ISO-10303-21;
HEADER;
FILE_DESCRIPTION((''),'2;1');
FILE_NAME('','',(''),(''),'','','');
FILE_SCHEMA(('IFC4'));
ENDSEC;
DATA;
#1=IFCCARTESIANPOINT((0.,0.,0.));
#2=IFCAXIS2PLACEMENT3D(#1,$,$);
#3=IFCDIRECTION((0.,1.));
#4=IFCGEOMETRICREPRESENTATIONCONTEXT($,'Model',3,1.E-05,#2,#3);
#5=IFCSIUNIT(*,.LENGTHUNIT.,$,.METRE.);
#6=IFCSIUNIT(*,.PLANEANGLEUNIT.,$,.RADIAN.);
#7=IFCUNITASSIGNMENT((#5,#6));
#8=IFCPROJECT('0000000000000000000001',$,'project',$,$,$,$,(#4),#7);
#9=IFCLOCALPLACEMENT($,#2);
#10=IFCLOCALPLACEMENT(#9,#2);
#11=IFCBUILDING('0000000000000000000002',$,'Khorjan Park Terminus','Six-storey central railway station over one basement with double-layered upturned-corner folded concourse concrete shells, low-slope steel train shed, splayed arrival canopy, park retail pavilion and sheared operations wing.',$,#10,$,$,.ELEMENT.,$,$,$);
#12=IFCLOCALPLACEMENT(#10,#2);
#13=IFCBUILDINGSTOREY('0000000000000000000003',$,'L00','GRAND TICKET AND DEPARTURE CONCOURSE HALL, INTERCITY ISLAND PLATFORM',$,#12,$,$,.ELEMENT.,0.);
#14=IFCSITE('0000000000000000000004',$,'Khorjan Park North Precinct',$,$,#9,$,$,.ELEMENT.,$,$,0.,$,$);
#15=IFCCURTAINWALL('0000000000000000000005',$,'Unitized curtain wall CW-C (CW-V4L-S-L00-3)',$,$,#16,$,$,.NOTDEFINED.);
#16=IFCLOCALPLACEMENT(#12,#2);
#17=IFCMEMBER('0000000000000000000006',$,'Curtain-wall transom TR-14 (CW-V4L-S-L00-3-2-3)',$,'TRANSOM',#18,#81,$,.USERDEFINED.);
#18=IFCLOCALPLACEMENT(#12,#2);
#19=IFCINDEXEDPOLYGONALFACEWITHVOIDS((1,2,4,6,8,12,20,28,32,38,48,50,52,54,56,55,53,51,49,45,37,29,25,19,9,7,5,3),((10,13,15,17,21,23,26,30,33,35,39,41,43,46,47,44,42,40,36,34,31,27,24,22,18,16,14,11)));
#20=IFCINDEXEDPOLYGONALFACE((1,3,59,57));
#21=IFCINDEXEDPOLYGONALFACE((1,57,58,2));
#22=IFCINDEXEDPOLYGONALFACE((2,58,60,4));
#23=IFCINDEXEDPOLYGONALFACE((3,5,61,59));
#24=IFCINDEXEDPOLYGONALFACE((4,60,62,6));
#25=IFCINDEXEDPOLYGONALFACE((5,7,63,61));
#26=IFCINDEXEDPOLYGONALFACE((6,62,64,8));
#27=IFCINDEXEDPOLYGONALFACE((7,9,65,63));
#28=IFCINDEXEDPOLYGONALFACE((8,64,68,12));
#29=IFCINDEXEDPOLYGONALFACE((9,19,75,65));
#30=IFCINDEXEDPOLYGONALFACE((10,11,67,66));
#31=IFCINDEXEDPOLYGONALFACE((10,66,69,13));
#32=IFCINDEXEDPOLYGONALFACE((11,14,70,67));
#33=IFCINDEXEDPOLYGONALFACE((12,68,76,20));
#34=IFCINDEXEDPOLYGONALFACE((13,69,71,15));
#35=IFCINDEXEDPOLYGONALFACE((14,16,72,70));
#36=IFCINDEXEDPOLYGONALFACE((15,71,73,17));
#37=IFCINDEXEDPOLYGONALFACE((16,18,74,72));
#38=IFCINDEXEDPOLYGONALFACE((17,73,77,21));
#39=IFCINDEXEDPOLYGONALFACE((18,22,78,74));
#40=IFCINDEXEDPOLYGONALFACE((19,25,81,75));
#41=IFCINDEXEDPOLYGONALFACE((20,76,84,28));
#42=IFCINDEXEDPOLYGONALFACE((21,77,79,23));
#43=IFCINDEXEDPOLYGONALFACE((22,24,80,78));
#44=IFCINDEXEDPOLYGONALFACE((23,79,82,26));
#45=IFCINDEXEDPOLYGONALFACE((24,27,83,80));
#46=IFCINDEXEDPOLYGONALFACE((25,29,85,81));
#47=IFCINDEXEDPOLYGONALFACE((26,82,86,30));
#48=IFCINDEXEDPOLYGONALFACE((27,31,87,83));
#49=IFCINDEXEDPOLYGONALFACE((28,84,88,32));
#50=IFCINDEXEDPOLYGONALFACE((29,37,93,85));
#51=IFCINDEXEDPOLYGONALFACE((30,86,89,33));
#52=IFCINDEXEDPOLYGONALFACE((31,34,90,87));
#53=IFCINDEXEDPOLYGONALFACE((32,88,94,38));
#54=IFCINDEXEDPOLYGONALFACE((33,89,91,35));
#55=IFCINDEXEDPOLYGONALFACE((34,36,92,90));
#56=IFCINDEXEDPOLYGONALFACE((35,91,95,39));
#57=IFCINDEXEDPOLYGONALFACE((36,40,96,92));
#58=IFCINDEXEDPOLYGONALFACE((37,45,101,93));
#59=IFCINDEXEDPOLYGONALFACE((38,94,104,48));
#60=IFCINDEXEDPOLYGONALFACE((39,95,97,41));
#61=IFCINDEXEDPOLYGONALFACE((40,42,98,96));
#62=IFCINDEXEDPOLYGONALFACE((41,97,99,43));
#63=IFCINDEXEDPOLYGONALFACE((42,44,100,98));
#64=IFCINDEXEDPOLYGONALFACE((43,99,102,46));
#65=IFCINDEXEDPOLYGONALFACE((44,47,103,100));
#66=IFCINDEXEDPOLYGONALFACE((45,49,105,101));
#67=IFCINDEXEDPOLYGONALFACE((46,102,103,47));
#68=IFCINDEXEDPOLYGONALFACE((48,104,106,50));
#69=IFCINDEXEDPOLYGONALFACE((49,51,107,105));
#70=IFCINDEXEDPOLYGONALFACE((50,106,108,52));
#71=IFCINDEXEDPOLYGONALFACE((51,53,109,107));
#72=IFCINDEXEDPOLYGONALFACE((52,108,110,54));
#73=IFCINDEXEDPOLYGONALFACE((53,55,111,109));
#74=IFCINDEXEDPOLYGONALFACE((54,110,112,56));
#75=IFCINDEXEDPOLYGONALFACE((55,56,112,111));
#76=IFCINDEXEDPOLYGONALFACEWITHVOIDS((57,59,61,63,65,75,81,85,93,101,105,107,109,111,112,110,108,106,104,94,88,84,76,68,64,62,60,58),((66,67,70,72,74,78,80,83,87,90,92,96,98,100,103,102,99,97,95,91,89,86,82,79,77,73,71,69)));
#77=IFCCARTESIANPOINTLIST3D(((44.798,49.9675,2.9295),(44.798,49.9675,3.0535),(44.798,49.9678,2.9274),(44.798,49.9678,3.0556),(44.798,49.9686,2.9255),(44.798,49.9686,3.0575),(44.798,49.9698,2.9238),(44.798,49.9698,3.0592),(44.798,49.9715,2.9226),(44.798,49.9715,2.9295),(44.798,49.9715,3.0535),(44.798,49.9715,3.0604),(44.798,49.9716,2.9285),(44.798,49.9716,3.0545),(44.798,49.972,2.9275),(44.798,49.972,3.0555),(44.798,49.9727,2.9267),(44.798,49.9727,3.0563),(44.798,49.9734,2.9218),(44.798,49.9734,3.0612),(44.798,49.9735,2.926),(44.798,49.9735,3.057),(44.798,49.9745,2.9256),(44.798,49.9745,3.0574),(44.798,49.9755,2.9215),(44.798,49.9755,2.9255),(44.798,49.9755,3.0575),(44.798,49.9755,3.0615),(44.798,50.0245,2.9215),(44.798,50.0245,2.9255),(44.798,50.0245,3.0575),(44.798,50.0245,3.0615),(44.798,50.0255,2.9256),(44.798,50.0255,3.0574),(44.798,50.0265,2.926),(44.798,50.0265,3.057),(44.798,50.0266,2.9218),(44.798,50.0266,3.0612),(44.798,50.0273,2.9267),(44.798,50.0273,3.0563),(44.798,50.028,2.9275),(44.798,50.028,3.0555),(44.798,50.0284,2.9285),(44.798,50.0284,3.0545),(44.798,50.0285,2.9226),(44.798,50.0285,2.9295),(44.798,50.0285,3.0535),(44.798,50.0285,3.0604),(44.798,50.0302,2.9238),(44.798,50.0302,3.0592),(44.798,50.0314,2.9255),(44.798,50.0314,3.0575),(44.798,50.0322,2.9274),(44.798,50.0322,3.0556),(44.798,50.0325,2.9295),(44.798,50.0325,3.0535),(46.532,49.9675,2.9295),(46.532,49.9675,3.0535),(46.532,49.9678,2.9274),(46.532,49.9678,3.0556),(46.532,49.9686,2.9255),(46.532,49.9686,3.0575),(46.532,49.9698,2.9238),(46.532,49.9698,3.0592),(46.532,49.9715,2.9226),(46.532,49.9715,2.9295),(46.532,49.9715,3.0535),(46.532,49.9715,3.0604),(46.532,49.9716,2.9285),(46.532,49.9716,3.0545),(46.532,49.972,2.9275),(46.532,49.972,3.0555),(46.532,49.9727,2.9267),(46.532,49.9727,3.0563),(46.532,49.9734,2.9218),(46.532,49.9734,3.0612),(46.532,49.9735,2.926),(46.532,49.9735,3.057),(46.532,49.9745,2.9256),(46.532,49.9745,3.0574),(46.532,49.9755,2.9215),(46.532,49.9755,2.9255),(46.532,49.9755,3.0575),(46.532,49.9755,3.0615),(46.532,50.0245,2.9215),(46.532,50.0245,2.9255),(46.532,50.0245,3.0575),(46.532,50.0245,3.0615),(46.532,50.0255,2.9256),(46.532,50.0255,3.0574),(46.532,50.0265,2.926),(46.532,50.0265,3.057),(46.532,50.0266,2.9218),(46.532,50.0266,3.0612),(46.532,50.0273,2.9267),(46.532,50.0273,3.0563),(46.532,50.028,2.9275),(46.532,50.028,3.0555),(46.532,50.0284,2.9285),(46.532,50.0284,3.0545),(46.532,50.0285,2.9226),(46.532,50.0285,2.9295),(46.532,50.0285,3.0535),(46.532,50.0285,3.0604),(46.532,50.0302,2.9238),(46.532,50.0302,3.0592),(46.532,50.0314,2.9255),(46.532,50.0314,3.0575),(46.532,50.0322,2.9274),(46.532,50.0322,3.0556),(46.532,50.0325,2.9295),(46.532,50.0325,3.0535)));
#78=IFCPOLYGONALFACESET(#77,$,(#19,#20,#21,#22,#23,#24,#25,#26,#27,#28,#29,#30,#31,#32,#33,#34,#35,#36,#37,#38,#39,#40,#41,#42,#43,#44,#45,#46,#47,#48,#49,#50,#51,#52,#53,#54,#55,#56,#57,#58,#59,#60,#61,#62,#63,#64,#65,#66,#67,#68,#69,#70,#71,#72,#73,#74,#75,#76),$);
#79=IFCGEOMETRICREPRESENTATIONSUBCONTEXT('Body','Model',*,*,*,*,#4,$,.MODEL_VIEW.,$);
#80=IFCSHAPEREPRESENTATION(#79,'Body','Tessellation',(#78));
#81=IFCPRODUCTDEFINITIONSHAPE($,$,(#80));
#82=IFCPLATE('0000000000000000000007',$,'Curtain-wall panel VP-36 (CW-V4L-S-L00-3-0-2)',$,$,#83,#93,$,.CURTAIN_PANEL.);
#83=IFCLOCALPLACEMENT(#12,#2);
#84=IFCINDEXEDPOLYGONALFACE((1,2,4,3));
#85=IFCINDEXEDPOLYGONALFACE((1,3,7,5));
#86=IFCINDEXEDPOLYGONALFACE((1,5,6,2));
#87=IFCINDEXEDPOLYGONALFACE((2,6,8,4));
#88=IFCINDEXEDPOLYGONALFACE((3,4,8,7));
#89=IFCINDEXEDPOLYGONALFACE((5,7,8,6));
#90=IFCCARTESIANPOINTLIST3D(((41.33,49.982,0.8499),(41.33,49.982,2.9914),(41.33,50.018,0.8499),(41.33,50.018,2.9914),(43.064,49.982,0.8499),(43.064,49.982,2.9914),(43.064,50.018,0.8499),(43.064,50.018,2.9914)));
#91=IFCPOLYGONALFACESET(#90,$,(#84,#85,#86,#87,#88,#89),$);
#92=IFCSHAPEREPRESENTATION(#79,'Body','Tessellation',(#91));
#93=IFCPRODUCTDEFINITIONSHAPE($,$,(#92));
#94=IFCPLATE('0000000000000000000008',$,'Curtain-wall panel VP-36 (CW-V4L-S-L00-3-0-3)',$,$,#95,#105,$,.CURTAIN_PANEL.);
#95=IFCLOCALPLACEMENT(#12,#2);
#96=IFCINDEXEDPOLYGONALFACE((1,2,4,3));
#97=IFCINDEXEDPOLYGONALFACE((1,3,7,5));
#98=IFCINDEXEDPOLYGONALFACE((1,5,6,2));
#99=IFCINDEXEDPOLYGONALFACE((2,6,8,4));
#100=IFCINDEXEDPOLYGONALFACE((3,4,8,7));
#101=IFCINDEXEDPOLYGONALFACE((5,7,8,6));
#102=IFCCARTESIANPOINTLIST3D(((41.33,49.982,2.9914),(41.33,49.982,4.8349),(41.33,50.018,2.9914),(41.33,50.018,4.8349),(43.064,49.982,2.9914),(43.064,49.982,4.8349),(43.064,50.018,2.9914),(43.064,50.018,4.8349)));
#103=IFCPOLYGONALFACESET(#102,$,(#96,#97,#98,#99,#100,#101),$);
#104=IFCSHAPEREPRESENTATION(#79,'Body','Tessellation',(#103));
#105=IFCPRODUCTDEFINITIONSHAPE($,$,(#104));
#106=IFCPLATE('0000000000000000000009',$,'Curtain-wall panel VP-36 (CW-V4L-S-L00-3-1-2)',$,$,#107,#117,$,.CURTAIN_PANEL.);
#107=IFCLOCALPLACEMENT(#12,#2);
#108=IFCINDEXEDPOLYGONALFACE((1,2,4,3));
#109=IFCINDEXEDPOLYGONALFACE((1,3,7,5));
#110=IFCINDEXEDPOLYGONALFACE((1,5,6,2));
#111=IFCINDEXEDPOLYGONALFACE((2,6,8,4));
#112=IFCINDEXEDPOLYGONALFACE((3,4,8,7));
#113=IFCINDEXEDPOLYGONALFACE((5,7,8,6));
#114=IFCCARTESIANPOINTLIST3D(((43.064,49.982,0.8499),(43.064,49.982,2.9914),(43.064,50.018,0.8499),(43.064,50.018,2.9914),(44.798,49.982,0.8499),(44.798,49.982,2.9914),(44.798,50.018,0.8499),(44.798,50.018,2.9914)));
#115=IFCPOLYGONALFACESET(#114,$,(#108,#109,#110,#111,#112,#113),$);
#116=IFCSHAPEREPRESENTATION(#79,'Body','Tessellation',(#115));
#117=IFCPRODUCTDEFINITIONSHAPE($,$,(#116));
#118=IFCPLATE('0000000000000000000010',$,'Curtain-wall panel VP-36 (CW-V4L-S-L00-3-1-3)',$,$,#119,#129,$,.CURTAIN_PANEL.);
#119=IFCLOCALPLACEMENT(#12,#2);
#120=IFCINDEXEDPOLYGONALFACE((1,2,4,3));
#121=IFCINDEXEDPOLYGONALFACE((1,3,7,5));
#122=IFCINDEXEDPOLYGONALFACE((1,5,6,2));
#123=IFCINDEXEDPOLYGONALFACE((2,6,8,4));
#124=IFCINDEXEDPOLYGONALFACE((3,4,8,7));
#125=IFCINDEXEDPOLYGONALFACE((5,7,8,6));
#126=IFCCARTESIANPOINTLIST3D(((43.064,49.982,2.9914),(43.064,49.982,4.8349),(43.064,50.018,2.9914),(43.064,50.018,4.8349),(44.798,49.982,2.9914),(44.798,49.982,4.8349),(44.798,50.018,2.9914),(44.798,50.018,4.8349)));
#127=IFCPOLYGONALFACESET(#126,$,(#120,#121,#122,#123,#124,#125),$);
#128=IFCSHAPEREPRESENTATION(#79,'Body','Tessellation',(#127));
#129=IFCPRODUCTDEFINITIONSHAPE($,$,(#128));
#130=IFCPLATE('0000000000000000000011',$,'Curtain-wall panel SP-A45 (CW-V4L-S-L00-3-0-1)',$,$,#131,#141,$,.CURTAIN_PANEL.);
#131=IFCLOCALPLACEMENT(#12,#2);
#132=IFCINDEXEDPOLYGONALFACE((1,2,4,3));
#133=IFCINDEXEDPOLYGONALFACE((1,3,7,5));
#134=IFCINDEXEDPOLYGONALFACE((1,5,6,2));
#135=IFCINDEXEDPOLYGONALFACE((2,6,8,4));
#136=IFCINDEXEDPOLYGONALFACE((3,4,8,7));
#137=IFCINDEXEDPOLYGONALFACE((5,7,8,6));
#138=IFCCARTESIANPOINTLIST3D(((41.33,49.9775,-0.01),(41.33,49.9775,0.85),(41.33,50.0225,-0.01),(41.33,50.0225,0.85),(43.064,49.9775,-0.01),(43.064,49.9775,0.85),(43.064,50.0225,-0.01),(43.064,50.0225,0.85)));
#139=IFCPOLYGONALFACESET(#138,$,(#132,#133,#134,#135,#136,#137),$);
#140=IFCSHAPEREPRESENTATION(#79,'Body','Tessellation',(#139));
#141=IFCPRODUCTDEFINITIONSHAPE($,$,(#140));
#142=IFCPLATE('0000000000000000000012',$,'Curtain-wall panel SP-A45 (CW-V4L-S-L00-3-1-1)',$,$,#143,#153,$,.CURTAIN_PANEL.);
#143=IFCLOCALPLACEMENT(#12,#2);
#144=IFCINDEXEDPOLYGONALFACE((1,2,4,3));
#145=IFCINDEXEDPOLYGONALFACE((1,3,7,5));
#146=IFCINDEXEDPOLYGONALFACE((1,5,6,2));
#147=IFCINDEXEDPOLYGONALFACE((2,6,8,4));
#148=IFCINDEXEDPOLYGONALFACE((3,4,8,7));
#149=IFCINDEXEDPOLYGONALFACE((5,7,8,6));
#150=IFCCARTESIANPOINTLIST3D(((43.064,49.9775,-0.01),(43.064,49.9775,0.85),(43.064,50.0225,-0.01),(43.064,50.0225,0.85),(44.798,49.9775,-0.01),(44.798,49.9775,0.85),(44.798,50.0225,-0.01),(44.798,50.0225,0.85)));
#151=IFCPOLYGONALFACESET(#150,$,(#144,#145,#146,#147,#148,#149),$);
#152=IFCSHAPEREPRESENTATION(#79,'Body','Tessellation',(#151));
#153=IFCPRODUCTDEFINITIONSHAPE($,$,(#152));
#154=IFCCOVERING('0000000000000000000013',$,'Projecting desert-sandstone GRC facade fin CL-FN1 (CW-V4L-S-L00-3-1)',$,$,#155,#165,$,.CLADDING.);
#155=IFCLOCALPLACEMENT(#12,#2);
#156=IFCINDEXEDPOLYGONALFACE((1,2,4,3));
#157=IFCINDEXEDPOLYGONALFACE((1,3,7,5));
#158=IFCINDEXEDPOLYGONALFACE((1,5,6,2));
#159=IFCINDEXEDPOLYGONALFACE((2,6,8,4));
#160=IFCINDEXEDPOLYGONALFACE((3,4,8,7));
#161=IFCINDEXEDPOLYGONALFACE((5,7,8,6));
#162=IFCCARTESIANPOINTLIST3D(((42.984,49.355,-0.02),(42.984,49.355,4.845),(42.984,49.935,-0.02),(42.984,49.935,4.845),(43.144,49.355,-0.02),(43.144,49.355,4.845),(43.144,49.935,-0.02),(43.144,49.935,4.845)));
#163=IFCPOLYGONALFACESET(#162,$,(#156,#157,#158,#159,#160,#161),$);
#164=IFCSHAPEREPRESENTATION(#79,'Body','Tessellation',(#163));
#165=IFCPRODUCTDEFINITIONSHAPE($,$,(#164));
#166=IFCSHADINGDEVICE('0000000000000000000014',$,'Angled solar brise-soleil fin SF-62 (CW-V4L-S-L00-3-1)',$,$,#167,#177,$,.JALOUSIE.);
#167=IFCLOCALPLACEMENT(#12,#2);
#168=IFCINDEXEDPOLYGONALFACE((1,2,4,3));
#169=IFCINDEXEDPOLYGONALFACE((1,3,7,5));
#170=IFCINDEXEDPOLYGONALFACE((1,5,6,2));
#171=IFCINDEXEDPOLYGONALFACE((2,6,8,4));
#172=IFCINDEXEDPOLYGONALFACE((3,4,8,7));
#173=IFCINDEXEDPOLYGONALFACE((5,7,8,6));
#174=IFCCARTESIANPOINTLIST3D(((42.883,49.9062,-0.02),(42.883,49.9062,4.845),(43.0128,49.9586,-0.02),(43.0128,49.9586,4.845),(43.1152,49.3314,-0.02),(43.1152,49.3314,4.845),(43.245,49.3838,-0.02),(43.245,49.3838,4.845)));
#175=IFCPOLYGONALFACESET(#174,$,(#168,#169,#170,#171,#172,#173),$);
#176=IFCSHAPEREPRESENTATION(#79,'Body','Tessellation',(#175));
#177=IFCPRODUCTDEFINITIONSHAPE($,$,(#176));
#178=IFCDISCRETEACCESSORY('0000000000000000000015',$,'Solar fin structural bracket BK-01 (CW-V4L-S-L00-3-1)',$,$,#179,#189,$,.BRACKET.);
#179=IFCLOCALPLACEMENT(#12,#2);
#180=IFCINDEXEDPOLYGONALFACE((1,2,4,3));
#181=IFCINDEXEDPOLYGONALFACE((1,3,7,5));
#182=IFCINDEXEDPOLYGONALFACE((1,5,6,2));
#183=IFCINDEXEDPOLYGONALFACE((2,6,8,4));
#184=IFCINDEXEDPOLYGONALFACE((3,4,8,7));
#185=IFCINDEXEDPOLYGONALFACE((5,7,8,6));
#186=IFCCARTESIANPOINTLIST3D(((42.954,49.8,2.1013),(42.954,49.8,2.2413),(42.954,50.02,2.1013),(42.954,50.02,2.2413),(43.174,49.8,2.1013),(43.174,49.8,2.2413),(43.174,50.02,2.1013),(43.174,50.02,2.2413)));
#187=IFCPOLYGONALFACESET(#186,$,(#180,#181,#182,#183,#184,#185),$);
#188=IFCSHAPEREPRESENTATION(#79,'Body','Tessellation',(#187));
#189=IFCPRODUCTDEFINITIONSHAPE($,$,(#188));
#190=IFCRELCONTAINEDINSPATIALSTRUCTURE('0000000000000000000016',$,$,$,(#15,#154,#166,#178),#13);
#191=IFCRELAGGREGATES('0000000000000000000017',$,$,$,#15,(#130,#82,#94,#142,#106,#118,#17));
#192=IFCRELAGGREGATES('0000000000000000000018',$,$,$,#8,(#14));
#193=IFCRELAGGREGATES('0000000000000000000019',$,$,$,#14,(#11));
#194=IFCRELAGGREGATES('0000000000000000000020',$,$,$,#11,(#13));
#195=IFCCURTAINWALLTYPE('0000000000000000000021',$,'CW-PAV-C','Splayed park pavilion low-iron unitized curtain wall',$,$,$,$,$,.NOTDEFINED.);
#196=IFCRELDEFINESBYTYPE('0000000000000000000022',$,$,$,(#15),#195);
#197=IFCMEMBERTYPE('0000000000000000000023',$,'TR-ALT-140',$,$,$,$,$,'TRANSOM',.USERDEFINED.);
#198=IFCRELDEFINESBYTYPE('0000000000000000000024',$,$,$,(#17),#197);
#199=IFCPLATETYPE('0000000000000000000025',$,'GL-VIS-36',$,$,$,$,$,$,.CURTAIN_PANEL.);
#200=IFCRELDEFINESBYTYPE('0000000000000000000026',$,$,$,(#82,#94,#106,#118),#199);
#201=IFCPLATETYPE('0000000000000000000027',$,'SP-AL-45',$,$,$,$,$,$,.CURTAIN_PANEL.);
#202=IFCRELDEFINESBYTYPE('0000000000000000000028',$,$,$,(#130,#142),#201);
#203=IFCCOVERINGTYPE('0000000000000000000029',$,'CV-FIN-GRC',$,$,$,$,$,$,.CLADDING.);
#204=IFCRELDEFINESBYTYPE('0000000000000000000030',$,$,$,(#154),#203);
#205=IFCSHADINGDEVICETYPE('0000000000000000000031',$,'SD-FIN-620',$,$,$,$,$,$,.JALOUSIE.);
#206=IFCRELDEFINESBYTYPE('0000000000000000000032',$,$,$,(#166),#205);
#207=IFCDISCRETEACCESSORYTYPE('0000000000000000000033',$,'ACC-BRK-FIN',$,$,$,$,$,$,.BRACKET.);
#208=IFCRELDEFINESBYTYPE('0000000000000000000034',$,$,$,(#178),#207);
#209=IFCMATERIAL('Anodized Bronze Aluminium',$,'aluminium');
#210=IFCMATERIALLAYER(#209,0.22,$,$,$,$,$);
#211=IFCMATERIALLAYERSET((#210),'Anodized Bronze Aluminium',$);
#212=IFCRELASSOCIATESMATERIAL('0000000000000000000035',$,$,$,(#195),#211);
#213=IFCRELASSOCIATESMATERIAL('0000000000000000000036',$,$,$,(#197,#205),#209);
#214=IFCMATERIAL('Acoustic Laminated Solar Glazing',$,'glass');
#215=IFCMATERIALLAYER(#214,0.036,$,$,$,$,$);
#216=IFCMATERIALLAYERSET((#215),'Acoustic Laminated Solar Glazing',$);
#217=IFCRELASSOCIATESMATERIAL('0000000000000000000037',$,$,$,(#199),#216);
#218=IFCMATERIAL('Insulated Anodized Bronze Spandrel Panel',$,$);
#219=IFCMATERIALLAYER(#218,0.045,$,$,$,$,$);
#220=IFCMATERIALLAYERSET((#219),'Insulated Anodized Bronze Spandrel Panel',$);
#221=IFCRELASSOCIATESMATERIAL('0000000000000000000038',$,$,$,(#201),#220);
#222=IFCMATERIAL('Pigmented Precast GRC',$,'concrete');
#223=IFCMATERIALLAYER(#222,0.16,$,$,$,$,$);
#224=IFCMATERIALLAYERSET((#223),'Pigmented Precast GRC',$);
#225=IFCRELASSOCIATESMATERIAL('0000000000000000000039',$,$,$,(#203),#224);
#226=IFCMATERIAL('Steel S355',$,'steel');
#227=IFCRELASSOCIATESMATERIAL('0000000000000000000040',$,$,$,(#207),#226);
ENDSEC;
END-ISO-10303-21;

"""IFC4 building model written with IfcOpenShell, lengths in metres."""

from ifc_helpers import new_model, si_unit, direction, frame, origin, origin_2d, place, context, subcontext, project, spatial, rectangle, hollow_rectangle, extrude, material, layer, layer_set, material_profile, profile_set, type_object, element, aggregate, save


model = new_model("IFC4")

# Units and contexts
model_context = context("Model", 3, precision=1e-05, world=origin(), true_north=direction((0.0, 1.0)))
body_context = subcontext(model_context, "Body", "Model", "MODEL_VIEW")
ifc_project = project(units=[si_unit("LENGTHUNIT", "METRE"), si_unit("PLANEANGLEUNIT", "RADIAN")], contexts=[model_context])

# Site, building, storey
site_placement = place(None, origin())
site = spatial("IfcSite", under=ifc_project, at=site_placement, Name="Khorjan Park North Precinct", CompositionType="ELEMENT", RefElevation=0.0)
building_placement = place(site_placement, origin())
building = spatial("IfcBuilding", under=site, at=building_placement, Name="Khorjan Park Terminus", Description="Six-storey central railway station over one basement with double-layered upturned-corner folded concourse concrete shells, low-slope steel train shed, splayed arrival canopy, park retail pavilion and sheared operations wing.", CompositionType="ELEMENT")
storey_placement = place(building_placement, origin())
storey = spatial("IfcBuildingStorey", under=building, at=storey_placement, Name="L00", Description="GRAND TICKET AND DEPARTURE CONCOURSE HALL, INTERCITY ISLAND PLATFORM", CompositionType="ELEMENT", Elevation=0.0)

# Shared definitions
ifc_material_1 = material(Name="Anodized Bronze Aluminium", Category="aluminium")
ifc_layer_1 = layer(ifc_material_1, 0.22)
ifc_layer_set_1 = layer_set([ifc_layer_1], Name="Anodized Bronze Aluminium")
curtain_wall_type = type_object("IfcCurtainWallType", Name="CW-PAV-C", Description="Splayed park pavilion low-iron unitized curtain wall", PredefinedType="NOTDEFINED", material=ifc_layer_set_1)

# Curtain wall, member, plates
curtain_wall_1_placement = place(storey_placement, origin())
curtain_wall_1 = element("IfcCurtainWall", 1, at=curtain_wall_1_placement, inside=storey, type_object=curtain_wall_type, Name="Unitized curtain wall CW-C (CW-V4L-S-L00-3)", PredefinedType="NOTDEFINED")
ifc_material_profile_1 = material_profile(ifc_material_1, hollow_rectangle(XDim=0.065, YDim=0.14, WallThickness=0.004, InnerFilletRadius=0.004, OuterFilletRadius=0.008, at=origin_2d()), Name="ALT 65x140x4")
ifc_profile_set_1 = profile_set([ifc_material_profile_1], Name="Anodized Bronze Aluminium")
member_type_1 = type_object("IfcMemberType", Name="TR-ALT-140", ElementType="TRANSOM", PredefinedType="USERDEFINED", material=ifc_profile_set_1)
member_1_placement = place(storey_placement, frame((44.798, 50.0, 2.9915), z_axis=(1.0, 0.0, 0.0), x_axis=(0.0, 1.0, 0.0)))
member_1 = element("IfcMember", 2, at=member_1_placement, type_object=member_type_1, Name="Curtain-wall transom TR-14 (CW-V4L-S-L00-3-2-3)", ObjectType="TRANSOM", PredefinedType="USERDEFINED", context=body_context, shape_type="SweptSolid", body=[
    extrude(hollow_rectangle(XDim=0.065, YDim=0.14, WallThickness=0.004, InnerFilletRadius=0.004, OuterFilletRadius=0.008, at=origin_2d()), origin(), (0.0, 0.0, 1.0), 1.734),
])
ifc_material_2 = material(Name="Acoustic Laminated Solar Glazing", Category="glass")
ifc_layer_2 = layer(ifc_material_2, 0.036)
ifc_layer_set_2 = layer_set([ifc_layer_2], Name="Acoustic Laminated Solar Glazing")
plate_type_1 = type_object("IfcPlateType", Name="GL-VIS-36", PredefinedType="CURTAIN_PANEL", material=ifc_layer_set_2)
plate_1_placement = place(storey_placement, frame((42.197, 50.0, 0.8499), z_axis=(0.0, 0.0, 1.0), x_axis=(1.0, 0.0, 0.0)))
plate_1 = element("IfcPlate", 3, at=plate_1_placement, type_object=plate_type_1, Name="Curtain-wall panel VP-36 (CW-V4L-S-L00-3-0-2)", PredefinedType="CURTAIN_PANEL", context=body_context, shape_type="SweptSolid", body=[
    extrude(rectangle(XDim=1.734, YDim=0.036, at=origin_2d()), origin(), (0.0, 0.0, 1.0), 2.1415),
])
plate_2_placement = place(storey_placement, frame((42.197, 50.0, 2.9914), z_axis=(0.0, 0.0, 1.0), x_axis=(1.0, 0.0, 0.0)))
plate_2 = element("IfcPlate", 4, at=plate_2_placement, type_object=plate_type_1, Name="Curtain-wall panel VP-36 (CW-V4L-S-L00-3-0-3)", PredefinedType="CURTAIN_PANEL", context=body_context, shape_type="SweptSolid", body=[
    extrude(rectangle(XDim=1.734, YDim=0.036, at=origin_2d()), origin(), (0.0, 0.0, 1.0), 1.8435),
])
plate_3_placement = place(storey_placement, frame((43.931, 50.0, 0.8499), z_axis=(0.0, 0.0, 1.0), x_axis=(1.0, 0.0, 0.0)))
plate_3 = element("IfcPlate", 5, at=plate_3_placement, type_object=plate_type_1, Name="Curtain-wall panel VP-36 (CW-V4L-S-L00-3-1-2)", PredefinedType="CURTAIN_PANEL", context=body_context, shape_type="SweptSolid", body=[
    extrude(rectangle(XDim=1.734, YDim=0.036, at=origin_2d()), origin(), (0.0, 0.0, 1.0), 2.1415),
])
plate_4_placement = place(storey_placement, frame((43.931, 50.0, 2.9914), z_axis=(0.0, 0.0, 1.0), x_axis=(1.0, 0.0, 0.0)))
plate_4 = element("IfcPlate", 6, at=plate_4_placement, type_object=plate_type_1, Name="Curtain-wall panel VP-36 (CW-V4L-S-L00-3-1-3)", PredefinedType="CURTAIN_PANEL", context=body_context, shape_type="SweptSolid", body=[
    extrude(rectangle(XDim=1.734, YDim=0.036, at=origin_2d()), origin(), (0.0, 0.0, 1.0), 1.8435),
])
ifc_material_3 = material(Name="Insulated Anodized Bronze Spandrel Panel")
ifc_layer_3 = layer(ifc_material_3, 0.045)
ifc_layer_set_3 = layer_set([ifc_layer_3], Name="Insulated Anodized Bronze Spandrel Panel")
plate_type_2 = type_object("IfcPlateType", Name="SP-AL-45", PredefinedType="CURTAIN_PANEL", material=ifc_layer_set_3)
plate_5_placement = place(storey_placement, frame((42.197, 50.0, -0.01), z_axis=(0.0, 0.0, 1.0), x_axis=(1.0, 0.0, 0.0)))
plate_5 = element("IfcPlate", 7, at=plate_5_placement, type_object=plate_type_2, Name="Curtain-wall panel SP-A45 (CW-V4L-S-L00-3-0-1)", PredefinedType="CURTAIN_PANEL", context=body_context, shape_type="SweptSolid", body=[
    extrude(rectangle(XDim=1.734, YDim=0.045, at=origin_2d()), origin(), (0.0, 0.0, 1.0), 0.86),
])
plate_6_placement = place(storey_placement, frame((43.931, 50.0, -0.01), z_axis=(0.0, 0.0, 1.0), x_axis=(1.0, 0.0, 0.0)))
plate_6 = element("IfcPlate", 8, at=plate_6_placement, type_object=plate_type_2, Name="Curtain-wall panel SP-A45 (CW-V4L-S-L00-3-1-1)", PredefinedType="CURTAIN_PANEL", context=body_context, shape_type="SweptSolid", body=[
    extrude(rectangle(XDim=1.734, YDim=0.045, at=origin_2d()), origin(), (0.0, 0.0, 1.0), 0.86),
])
aggregate(curtain_wall_1, [plate_5, plate_1, plate_2, plate_6, plate_3, plate_4, member_1])

# Covering
ifc_material_4 = material(Name="Pigmented Precast GRC", Category="concrete")
ifc_layer_4 = layer(ifc_material_4, 0.16)
ifc_layer_set_4 = layer_set([ifc_layer_4], Name="Pigmented Precast GRC")
covering_type = type_object("IfcCoveringType", Name="CV-FIN-GRC", PredefinedType="CLADDING", material=ifc_layer_set_4)
covering_placement = place(storey_placement, frame((43.064, 49.645, -0.02), z_axis=(0.0, 0.0, 1.0), x_axis=(0.0, 1.0, 0.0)))
element("IfcCovering", 9, at=covering_placement, inside=storey, type_object=covering_type, Name="Projecting desert-sandstone GRC facade fin CL-FN1 (CW-V4L-S-L00-3-1)", PredefinedType="CLADDING", context=body_context, shape_type="SweptSolid", body=[
    extrude(rectangle(XDim=0.58, YDim=0.16, at=origin_2d()), origin(), (0.0, 0.0, 1.0), 4.865),
])

# Shading device
shading_device_type = type_object("IfcShadingDeviceType", Name="SD-FIN-620", PredefinedType="JALOUSIE", material=ifc_material_1)
shading_device_placement = place(storey_placement, frame((43.064, 49.645, -0.02), z_axis=(0.0, 0.0, 1.0), x_axis=(-0.374607, 0.927184, 0.0)))
element("IfcShadingDevice", 10, at=shading_device_placement, inside=storey, type_object=shading_device_type, Name="Angled solar brise-soleil fin SF-62 (CW-V4L-S-L00-3-1)", PredefinedType="JALOUSIE", context=body_context, shape_type="SweptSolid", body=[
    extrude(rectangle(XDim=0.62, YDim=0.14, at=origin_2d()), origin(), (0.0, 0.0, 1.0), 4.865),
])

# Discrete accessory
ifc_material_5 = material(Name="Steel S355", Category="steel")
discrete_accessory_type = type_object("IfcDiscreteAccessoryType", Name="ACC-BRK-FIN", PredefinedType="BRACKET", material=ifc_material_5)
discrete_accessory_placement = place(storey_placement, frame((43.064, 49.91, 2.1013), z_axis=(0.0, 0.0, 1.0), x_axis=(1.0, 0.0, 0.0)))
element("IfcDiscreteAccessory", 11, at=discrete_accessory_placement, inside=storey, type_object=discrete_accessory_type, Name="Solar fin structural bracket BK-01 (CW-V4L-S-L00-3-1)", PredefinedType="BRACKET", context=body_context, shape_type="SweptSolid", body=[
    extrude(rectangle(XDim=0.22, YDim=0.22, at=origin_2d()), origin(), (0.0, 0.0, 1.0), 0.14),
])

save(model, "model.ifc")
